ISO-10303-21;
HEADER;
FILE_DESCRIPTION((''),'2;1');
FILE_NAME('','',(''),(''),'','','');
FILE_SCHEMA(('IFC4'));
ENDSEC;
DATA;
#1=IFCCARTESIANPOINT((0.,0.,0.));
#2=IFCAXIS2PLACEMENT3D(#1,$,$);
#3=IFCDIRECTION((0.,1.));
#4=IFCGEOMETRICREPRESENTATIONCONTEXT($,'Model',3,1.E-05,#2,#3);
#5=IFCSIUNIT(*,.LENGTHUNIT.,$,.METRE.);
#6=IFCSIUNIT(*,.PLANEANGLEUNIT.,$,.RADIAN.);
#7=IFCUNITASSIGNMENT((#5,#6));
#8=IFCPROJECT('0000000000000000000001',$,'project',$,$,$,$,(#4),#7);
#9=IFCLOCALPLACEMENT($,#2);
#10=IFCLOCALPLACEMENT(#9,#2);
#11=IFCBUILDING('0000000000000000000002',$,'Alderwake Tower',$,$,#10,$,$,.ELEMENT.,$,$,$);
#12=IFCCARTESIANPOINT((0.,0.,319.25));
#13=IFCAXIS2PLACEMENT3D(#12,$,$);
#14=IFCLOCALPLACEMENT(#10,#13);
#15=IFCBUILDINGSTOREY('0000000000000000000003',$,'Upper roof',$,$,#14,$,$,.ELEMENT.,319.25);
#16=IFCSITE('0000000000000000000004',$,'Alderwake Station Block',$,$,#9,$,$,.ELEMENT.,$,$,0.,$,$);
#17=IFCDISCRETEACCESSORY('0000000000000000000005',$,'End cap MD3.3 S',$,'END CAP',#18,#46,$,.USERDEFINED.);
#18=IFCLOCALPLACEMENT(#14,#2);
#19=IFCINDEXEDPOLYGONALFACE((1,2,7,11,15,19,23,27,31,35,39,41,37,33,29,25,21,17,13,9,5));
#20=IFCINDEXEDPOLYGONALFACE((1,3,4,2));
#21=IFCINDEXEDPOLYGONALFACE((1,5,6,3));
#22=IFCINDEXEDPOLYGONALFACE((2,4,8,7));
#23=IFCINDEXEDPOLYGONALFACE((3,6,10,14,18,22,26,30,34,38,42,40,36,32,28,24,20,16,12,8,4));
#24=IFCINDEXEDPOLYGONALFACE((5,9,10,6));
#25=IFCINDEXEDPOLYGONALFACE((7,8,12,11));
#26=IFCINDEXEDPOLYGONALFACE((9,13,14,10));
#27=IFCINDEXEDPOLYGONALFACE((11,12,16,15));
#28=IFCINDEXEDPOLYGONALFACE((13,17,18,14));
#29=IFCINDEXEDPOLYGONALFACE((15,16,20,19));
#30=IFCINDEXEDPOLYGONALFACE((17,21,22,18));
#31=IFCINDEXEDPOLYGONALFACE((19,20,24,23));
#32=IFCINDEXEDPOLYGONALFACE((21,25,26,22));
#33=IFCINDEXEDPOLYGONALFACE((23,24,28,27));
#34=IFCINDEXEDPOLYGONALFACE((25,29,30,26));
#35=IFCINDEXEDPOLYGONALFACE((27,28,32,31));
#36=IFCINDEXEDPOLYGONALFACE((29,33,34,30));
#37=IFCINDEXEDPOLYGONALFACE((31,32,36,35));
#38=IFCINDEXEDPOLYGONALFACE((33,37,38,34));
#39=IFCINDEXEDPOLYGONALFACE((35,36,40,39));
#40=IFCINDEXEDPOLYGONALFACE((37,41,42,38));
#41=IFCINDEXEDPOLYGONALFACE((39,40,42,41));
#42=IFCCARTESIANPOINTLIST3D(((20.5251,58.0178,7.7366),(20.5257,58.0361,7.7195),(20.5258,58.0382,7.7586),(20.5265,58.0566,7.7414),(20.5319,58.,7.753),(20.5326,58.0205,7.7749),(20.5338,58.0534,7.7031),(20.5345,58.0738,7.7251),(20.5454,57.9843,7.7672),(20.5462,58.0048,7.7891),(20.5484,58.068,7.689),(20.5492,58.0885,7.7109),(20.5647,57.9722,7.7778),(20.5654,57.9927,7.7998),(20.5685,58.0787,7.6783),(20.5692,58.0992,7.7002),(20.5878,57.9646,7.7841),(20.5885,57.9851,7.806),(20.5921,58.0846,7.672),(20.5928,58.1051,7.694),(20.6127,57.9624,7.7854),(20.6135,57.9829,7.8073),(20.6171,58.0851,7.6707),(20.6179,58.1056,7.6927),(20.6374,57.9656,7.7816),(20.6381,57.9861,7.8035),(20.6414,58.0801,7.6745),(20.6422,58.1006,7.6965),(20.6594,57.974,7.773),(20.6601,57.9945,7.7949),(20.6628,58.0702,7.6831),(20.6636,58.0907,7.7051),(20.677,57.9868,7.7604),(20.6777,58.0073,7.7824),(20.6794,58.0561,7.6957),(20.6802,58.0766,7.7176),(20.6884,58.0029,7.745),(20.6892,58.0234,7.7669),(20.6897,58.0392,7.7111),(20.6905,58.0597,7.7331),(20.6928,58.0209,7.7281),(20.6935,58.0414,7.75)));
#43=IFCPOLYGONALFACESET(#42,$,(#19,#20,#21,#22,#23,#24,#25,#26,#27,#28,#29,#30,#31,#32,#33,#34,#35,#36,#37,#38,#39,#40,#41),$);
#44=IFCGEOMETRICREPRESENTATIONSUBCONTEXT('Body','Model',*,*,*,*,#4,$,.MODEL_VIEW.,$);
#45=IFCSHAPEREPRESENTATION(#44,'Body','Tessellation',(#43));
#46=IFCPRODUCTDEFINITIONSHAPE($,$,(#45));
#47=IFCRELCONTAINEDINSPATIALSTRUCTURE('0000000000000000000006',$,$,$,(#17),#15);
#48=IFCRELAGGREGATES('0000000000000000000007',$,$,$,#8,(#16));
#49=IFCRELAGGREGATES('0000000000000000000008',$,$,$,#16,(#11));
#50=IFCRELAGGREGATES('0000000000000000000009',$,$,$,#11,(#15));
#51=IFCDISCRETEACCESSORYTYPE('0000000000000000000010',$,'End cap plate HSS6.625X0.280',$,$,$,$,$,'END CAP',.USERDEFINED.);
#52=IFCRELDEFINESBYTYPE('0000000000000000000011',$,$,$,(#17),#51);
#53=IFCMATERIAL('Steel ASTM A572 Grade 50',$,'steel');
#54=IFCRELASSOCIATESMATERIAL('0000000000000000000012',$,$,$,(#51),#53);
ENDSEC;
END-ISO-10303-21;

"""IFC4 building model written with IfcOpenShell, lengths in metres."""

from ifc_helpers import new_model, si_unit, direction, frame, origin, origin_2d, place, context, subcontext, project, spatial, circle, extrude, material, material_profile, profile_set, type_object, element, save


model = new_model("IFC4")

# Units and contexts
model_context = context("Model", 3, precision=1e-05, world=origin(), true_north=direction((0.0, 1.0)))
body_context = subcontext(model_context, "Body", "Model", "MODEL_VIEW")
ifc_project = project(units=[si_unit("LENGTHUNIT", "METRE"), si_unit("PLANEANGLEUNIT", "RADIAN")], contexts=[model_context])

# Site, building, storey
site_placement = place(None, origin())
site = spatial("IfcSite", under=ifc_project, at=site_placement, Name="Alderwake Station Block", CompositionType="ELEMENT", RefElevation=0.0)
building_placement = place(site_placement, origin())
building = spatial("IfcBuilding", under=site, at=building_placement, Name="Alderwake Tower", CompositionType="ELEMENT")
storey_placement = place(building_placement, frame((0.0, 0.0, 319.25)))
storey = spatial("IfcBuildingStorey", under=building, at=storey_placement, Name="Upper roof", CompositionType="ELEMENT", Elevation=319.25)

# Discrete accessory
ifc_material_1 = material(Name="Steel ASTM A572 Grade 50", Category="steel")
ifc_material_profile_1 = material_profile(ifc_material_1, circle(Radius=0.0842, at=origin_2d()), Name="HSS6.625X0.280 cap")
ifc_profile_set_1 = profile_set([ifc_material_profile_1], Name="Steel ASTM A572 Grade 50")
discrete_accessory_type = type_object("IfcDiscreteAccessoryType", Name="End cap plate HSS6.625X0.280", ElementType="END CAP", PredefinedType="USERDEFINED", material=ifc_profile_set_1)
for number, where, z_axis, x_axis, name in (
    (1, (20.6094, 58.0444, 7.75), (-0.024361, -0.682116, -0.730838), (0.999363, -0.035692, 0.0), "End cap MD3.3 S"),
):
    element("IfcDiscreteAccessory", number, at=place(storey_placement, frame(where, z_axis=z_axis, x_axis=x_axis)), inside=storey, type_object=discrete_accessory_type, Name=name, ObjectType="END CAP", PredefinedType="USERDEFINED", context=body_context, shape_type="SweptSolid", body=[
        extrude(circle(Radius=0.0842, at=origin_2d()), origin(), (0.0, 0.0, 1.0), 0.03),
    ])

save(model, "model.ifc")
